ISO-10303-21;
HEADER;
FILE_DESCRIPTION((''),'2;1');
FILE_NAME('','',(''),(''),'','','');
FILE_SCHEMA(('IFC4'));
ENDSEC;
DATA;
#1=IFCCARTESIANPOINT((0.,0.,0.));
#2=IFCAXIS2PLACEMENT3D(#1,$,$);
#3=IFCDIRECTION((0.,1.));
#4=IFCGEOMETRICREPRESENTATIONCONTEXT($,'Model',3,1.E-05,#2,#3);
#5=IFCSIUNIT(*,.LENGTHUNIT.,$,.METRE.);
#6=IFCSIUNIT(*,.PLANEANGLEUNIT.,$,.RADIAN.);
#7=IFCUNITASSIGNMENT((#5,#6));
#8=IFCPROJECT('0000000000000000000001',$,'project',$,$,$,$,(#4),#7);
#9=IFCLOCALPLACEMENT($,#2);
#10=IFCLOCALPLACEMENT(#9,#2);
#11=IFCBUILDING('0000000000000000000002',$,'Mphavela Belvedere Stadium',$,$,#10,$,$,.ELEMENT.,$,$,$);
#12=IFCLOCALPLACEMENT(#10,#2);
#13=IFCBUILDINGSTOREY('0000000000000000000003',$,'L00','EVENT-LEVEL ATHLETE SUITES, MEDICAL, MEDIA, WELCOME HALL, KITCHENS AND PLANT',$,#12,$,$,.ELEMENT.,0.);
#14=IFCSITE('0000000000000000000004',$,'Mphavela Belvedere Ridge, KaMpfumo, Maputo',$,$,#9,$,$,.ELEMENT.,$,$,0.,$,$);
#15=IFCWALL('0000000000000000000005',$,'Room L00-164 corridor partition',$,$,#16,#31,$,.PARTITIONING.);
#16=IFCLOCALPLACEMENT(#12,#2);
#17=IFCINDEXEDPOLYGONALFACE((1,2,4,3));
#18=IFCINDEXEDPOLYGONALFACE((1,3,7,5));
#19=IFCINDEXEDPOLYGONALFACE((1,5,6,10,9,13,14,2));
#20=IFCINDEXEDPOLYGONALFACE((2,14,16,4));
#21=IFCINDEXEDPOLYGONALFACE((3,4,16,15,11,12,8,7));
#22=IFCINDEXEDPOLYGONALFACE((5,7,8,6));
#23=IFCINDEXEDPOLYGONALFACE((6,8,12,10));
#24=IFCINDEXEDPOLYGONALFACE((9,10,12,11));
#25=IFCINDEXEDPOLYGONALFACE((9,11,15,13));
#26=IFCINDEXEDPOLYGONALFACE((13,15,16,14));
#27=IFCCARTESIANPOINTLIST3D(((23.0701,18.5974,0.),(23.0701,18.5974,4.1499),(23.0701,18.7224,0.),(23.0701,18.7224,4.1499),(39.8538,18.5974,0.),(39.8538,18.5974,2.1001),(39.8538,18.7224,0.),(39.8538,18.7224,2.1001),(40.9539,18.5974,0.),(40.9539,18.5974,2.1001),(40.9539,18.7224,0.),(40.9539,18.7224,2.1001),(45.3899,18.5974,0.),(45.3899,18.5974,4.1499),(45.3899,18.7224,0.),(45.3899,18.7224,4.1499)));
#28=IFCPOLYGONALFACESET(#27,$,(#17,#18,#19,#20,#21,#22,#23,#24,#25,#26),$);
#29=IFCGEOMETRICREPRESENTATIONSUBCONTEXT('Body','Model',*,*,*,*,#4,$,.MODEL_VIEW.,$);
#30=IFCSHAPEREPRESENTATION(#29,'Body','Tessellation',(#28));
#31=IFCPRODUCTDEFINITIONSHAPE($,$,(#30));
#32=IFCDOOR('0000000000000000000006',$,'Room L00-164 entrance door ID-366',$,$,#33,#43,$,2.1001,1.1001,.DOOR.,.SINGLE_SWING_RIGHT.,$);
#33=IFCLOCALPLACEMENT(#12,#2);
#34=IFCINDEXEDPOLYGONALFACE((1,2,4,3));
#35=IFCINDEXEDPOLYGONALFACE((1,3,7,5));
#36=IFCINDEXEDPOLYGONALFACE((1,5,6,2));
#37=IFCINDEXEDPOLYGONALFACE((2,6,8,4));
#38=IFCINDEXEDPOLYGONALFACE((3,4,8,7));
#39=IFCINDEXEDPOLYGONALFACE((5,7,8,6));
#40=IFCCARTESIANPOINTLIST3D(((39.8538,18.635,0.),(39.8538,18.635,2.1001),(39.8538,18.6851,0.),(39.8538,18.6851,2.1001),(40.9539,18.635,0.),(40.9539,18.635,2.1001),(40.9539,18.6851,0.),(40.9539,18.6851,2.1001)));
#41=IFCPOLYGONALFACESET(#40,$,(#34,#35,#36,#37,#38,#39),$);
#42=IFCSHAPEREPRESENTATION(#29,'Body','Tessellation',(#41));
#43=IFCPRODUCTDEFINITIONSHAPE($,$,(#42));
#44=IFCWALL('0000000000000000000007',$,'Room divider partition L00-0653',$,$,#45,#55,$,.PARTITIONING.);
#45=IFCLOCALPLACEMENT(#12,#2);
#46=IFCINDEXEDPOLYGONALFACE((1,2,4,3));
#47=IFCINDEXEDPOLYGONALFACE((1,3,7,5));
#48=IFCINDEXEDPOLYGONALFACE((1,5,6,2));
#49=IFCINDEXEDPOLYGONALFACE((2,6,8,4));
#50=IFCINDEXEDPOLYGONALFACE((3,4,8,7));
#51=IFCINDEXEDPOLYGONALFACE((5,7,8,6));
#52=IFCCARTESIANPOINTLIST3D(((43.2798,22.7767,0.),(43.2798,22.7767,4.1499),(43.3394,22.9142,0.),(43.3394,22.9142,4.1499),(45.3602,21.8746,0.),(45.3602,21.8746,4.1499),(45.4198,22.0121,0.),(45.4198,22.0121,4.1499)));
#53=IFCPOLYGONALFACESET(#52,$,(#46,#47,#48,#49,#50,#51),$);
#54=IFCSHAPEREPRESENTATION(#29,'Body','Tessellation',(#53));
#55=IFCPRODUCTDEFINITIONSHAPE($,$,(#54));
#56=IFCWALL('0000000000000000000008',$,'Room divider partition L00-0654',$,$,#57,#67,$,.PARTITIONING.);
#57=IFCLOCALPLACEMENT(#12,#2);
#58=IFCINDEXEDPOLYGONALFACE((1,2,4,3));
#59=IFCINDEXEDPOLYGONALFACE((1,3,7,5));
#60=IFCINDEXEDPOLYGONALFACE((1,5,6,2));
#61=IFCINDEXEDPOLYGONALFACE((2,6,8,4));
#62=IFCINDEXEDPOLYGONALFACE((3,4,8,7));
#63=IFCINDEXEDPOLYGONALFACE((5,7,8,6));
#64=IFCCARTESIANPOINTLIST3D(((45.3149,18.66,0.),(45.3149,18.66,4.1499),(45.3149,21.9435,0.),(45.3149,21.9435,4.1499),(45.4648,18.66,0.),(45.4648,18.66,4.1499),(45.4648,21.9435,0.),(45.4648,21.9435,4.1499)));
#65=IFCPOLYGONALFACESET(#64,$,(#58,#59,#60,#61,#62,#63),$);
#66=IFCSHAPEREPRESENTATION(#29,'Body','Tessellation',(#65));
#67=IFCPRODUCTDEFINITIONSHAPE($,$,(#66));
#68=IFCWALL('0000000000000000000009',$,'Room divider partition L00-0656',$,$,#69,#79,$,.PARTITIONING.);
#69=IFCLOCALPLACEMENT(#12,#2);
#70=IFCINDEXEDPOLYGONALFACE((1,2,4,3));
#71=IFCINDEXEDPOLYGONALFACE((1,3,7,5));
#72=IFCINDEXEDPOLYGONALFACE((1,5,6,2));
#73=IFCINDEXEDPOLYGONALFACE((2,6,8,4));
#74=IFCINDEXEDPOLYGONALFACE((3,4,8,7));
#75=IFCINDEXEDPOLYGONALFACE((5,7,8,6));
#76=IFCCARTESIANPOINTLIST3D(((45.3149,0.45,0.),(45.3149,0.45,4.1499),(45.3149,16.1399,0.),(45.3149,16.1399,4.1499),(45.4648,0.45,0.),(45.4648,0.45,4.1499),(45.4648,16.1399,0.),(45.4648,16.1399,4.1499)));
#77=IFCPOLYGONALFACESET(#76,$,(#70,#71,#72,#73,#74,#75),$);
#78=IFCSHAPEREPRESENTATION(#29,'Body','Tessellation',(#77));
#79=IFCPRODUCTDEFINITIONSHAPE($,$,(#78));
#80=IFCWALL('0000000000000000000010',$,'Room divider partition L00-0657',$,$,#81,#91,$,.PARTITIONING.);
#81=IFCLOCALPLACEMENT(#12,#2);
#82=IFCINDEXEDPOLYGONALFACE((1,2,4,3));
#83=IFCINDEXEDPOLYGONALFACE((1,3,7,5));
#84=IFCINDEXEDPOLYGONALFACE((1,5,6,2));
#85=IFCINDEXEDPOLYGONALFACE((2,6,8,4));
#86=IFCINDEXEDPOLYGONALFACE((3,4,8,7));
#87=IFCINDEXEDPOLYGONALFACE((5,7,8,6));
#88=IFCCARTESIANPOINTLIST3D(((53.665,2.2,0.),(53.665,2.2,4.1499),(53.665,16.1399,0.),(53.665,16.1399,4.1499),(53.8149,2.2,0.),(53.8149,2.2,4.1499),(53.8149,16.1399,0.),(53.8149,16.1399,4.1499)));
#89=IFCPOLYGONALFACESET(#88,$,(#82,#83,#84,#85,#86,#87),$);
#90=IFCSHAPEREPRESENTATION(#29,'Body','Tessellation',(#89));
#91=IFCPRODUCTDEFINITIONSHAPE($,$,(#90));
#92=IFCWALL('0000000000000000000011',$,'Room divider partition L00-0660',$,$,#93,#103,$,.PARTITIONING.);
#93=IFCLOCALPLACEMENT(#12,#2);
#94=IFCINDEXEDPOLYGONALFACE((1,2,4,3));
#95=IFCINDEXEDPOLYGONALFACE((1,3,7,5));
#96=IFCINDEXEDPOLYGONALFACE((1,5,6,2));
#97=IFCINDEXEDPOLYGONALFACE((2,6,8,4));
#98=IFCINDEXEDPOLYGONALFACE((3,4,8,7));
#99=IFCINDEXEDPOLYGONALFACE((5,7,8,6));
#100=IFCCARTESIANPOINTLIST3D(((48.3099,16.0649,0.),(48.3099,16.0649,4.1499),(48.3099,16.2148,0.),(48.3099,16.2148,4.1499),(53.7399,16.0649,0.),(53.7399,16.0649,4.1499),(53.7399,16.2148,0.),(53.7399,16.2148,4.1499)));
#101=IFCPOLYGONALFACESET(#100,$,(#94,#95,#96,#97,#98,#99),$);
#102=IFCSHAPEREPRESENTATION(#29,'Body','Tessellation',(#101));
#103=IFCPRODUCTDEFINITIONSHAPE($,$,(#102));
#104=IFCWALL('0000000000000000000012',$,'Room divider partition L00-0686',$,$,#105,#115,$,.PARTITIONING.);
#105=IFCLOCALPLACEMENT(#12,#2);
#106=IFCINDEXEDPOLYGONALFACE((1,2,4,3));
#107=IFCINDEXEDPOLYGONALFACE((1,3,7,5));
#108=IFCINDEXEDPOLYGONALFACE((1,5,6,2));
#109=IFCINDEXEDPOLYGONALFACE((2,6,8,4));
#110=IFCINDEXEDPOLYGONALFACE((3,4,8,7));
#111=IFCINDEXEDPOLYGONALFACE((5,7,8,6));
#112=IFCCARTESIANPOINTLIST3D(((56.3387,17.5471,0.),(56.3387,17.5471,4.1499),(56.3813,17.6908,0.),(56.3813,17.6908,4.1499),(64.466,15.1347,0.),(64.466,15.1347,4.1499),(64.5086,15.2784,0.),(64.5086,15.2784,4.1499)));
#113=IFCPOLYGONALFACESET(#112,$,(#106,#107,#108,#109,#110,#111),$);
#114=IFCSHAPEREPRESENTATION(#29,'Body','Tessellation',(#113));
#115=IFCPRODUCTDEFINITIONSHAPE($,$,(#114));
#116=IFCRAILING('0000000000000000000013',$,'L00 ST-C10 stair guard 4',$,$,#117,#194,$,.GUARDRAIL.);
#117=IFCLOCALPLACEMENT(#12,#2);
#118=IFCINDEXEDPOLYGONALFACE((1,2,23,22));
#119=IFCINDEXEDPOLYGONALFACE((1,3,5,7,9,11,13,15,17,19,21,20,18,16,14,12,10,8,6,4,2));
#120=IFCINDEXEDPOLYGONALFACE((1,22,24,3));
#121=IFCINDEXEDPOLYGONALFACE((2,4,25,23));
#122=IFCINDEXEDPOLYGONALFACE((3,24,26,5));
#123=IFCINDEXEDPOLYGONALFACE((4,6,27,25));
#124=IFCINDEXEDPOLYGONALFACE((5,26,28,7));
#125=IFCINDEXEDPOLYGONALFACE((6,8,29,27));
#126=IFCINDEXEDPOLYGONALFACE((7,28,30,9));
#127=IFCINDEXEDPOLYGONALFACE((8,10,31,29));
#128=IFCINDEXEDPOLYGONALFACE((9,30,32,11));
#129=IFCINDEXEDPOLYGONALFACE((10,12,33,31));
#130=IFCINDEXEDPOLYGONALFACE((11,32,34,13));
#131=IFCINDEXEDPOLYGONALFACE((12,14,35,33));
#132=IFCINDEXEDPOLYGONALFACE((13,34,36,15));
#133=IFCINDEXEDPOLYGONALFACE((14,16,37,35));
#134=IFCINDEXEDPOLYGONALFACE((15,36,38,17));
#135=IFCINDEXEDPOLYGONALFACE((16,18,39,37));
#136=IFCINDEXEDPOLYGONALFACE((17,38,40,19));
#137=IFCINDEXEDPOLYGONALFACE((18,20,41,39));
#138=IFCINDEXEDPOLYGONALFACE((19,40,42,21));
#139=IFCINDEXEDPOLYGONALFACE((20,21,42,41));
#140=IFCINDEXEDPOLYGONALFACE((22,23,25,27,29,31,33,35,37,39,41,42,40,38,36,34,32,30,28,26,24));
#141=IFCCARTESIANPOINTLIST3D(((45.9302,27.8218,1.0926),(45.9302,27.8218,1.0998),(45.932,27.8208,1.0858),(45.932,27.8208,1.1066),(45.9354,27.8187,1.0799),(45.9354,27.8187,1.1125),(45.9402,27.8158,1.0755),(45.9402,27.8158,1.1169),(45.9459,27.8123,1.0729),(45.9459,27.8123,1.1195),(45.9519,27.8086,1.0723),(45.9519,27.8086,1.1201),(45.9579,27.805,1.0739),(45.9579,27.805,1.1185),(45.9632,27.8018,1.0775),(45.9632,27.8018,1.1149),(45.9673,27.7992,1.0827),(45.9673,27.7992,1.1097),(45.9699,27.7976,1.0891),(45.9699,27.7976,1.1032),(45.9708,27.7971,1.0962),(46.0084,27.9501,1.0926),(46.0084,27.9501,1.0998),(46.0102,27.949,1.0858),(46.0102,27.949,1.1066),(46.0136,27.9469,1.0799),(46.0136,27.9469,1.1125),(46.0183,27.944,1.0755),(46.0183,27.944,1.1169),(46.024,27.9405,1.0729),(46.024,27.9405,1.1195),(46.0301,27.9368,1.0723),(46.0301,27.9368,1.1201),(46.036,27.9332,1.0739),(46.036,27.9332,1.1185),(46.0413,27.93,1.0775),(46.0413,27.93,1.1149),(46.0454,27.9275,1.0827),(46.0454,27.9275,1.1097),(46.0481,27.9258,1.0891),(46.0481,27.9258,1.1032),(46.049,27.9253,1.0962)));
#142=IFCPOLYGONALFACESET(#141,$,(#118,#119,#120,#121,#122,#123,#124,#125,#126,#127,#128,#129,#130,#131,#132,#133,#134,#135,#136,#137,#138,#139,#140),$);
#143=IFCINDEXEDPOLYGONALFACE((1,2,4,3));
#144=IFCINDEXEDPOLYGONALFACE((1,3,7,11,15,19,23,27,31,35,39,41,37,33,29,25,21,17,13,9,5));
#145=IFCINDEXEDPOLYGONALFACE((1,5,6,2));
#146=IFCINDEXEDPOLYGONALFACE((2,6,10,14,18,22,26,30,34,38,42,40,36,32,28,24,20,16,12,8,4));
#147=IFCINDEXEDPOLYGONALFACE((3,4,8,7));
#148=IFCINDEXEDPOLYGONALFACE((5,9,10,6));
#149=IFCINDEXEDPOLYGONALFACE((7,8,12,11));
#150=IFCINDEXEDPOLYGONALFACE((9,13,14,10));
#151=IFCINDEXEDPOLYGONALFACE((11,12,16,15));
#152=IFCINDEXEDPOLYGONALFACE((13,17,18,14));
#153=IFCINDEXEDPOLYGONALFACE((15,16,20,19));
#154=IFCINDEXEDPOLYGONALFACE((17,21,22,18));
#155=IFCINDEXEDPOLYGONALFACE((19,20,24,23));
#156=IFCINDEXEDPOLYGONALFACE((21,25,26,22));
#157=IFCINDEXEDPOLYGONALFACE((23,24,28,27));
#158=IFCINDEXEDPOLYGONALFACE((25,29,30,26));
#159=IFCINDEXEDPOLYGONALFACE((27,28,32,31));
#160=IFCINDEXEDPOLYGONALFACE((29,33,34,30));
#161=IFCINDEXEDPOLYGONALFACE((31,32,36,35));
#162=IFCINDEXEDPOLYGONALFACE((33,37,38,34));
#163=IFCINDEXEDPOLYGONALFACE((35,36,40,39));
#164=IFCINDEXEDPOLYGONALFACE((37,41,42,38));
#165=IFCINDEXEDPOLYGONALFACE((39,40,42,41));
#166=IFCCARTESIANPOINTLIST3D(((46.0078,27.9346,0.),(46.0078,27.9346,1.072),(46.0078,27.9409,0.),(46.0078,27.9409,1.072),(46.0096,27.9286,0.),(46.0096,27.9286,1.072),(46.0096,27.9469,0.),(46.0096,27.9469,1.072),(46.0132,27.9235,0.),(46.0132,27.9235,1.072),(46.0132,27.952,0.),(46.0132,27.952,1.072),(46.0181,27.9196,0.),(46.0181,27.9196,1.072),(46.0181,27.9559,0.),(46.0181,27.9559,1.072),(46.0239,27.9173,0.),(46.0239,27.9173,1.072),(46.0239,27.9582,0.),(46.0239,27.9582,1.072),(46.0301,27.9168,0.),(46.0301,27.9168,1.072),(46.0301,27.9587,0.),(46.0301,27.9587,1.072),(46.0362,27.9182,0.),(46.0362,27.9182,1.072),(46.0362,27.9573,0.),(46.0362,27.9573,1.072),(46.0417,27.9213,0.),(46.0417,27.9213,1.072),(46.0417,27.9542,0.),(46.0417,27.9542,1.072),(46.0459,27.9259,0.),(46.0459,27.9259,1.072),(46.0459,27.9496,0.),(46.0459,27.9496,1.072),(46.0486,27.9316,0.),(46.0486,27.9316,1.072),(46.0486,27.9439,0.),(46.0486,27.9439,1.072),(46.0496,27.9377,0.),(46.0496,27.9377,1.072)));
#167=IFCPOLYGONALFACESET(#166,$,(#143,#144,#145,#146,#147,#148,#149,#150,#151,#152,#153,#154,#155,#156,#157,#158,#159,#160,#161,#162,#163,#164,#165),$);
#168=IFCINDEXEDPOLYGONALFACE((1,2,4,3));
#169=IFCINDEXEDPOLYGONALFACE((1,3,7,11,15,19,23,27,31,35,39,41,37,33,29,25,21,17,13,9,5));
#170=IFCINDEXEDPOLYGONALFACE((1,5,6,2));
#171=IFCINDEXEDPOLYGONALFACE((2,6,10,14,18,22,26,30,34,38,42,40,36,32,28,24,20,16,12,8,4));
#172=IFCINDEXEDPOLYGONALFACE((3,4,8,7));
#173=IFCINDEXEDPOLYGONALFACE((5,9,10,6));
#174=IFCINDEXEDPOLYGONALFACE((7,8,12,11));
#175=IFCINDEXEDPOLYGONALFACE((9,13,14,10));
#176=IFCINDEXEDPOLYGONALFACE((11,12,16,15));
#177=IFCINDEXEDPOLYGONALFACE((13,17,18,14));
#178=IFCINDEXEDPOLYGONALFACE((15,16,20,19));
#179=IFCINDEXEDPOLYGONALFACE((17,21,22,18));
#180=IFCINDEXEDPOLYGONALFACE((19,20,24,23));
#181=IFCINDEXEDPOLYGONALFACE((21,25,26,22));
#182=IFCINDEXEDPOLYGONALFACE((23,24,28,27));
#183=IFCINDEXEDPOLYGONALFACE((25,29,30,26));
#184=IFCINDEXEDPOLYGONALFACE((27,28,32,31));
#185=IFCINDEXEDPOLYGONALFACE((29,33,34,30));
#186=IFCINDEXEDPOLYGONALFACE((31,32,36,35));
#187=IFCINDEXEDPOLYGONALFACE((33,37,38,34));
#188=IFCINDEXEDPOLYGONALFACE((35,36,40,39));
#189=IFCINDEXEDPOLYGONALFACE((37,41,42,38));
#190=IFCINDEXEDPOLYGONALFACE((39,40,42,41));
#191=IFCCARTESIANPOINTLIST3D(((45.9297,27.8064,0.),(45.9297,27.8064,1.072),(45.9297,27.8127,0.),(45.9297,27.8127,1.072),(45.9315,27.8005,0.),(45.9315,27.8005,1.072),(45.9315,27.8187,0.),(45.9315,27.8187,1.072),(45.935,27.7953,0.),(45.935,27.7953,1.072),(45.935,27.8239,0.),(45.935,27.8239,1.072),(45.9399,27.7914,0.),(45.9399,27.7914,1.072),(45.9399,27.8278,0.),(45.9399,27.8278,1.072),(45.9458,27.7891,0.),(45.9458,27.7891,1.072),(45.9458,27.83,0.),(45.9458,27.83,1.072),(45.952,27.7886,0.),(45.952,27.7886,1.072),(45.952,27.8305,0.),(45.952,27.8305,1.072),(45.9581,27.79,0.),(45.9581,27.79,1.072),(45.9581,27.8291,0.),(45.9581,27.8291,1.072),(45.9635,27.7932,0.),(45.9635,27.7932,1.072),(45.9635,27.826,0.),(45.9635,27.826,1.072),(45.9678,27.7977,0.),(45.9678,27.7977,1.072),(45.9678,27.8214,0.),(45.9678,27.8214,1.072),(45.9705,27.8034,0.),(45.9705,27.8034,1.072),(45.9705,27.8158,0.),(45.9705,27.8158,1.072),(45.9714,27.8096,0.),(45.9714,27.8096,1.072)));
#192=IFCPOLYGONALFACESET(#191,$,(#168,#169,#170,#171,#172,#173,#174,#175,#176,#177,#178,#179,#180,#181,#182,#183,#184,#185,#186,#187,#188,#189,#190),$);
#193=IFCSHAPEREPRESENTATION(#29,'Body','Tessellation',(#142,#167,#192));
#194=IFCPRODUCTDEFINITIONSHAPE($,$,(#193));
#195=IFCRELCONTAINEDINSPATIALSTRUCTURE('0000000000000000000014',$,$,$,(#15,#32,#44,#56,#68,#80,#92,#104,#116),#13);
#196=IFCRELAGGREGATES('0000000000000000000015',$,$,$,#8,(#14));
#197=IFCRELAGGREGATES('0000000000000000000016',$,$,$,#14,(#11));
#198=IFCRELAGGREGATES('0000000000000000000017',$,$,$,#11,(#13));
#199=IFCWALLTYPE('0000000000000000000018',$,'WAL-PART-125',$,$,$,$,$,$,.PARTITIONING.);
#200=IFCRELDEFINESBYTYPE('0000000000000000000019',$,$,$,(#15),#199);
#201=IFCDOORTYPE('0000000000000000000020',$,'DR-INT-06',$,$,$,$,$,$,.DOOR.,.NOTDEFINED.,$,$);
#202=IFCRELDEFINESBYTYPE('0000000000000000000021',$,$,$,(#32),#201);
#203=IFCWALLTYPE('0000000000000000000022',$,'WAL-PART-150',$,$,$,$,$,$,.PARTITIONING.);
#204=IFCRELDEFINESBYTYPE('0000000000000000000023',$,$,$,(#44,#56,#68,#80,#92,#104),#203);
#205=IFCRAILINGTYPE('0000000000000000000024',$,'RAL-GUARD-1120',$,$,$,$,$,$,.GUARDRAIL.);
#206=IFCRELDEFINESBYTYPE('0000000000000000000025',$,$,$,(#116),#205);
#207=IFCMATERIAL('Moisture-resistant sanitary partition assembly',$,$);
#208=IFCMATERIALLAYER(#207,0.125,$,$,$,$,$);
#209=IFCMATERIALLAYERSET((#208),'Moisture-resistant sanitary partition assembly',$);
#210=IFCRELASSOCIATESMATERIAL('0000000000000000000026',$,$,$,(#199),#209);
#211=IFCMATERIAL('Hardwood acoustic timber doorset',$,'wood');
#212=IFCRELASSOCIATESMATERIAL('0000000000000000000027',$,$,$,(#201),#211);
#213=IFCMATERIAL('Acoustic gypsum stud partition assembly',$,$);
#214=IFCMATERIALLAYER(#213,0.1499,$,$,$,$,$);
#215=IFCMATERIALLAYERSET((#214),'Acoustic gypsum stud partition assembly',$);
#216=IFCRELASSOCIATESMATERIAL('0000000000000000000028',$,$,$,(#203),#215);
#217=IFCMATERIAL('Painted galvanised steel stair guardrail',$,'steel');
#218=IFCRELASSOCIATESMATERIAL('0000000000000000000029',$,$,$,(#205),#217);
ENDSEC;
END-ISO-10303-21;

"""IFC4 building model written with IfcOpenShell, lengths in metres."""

from ifc_helpers import new_model, si_unit, direction, frame, frame_2d, origin, origin_2d, place, context, subcontext, project, spatial, rectangle, circle, extrude, material, layer, layer_set, type_object, element, fill, save


model = new_model("IFC4")

# Units and contexts
model_context = context("Model", 3, precision=1e-05, world=origin(), true_north=direction((0.0, 1.0)))
body_context = subcontext(model_context, "Body", "Model", "MODEL_VIEW")
ifc_project = project(units=[si_unit("LENGTHUNIT", "METRE"), si_unit("PLANEANGLEUNIT", "RADIAN")], contexts=[model_context])

# Site, building, storey
site_placement = place(None, origin())
site = spatial("IfcSite", under=ifc_project, at=site_placement, Name="Mphavela Belvedere Ridge, KaMpfumo, Maputo", CompositionType="ELEMENT", RefElevation=0.0)
building_placement = place(site_placement, origin())
building = spatial("IfcBuilding", under=site, at=building_placement, Name="Mphavela Belvedere Stadium", CompositionType="ELEMENT")
storey_placement = place(building_placement, origin())
storey = spatial("IfcBuildingStorey", under=building, at=storey_placement, Name="L00", Description="EVENT-LEVEL ATHLETE SUITES, MEDICAL, MEDIA, WELCOME HALL, KITCHENS AND PLANT", CompositionType="ELEMENT", Elevation=0.0)

# Wall, opening, door
ifc_material_1 = material(Name="Moisture-resistant sanitary partition assembly")
ifc_layer_1 = layer(ifc_material_1, 0.125)
ifc_layer_set_1 = layer_set([ifc_layer_1], Name="Moisture-resistant sanitary partition assembly")
wall_type_1 = type_object("IfcWallType", Name="WAL-PART-125", PredefinedType="PARTITIONING", material=ifc_layer_set_1)
wall_1_placement = place(storey_placement, frame((45.3899, 18.6599, 0.0), z_axis=(0.0, 0.0, 1.0), x_axis=(-1.0, 0.0, 0.0)))
wall_1 = element("IfcWall", 1, at=wall_1_placement, inside=storey, type_object=wall_type_1, Name="Room L00-164 corridor partition", PredefinedType="PARTITIONING", context=body_context, shape_type="SweptSolid", body=[
    extrude(rectangle(XDim=22.3198, YDim=0.125, at=frame_2d((11.1599, 0.0))), origin(), (0.0, 0.0, 1.0), 4.1499),
])
opening_1_placement = place(wall_1_placement, frame((4.436, 0.0, 0.0)))
opening_1 = element("IfcOpeningElement", 2, at=opening_1_placement, cuts=wall_1, PredefinedType="OPENING", context=body_context, shape_type="SweptSolid", body=[
    extrude(rectangle(XDim=1.1001, YDim=2.1001, at=frame_2d((0.55, 1.05))), frame((0.0, 0.0725, 0.0), z_axis=(0.0, -1.0, 0.0), x_axis=(1.0, 0.0, 0.0)), (0.0, 0.0, 1.0), 0.145),
])
ifc_material_2 = material(Name="Hardwood acoustic timber doorset", Category="wood")
door_type_1 = type_object("IfcDoorType", Name="DR-INT-06", OperationType="NOTDEFINED", PredefinedType="DOOR", material=ifc_material_2)
door_1_placement = place(opening_1_placement, origin())
door_1 = element("IfcDoor", 3, at=door_1_placement, inside=storey, type_object=door_type_1, Name="Room L00-164 entrance door ID-366", OperationType="SINGLE_SWING_RIGHT", OverallHeight=2.1001, OverallWidth=1.1001, PredefinedType="DOOR", context=body_context, shape_type="SweptSolid", body=[
    extrude(rectangle(XDim=1.1001, YDim=2.1001, at=frame_2d((0.55, 1.05))), frame((0.0, 0.0249, 0.0), z_axis=(0.0, -1.0, 0.0), x_axis=(1.0, 0.0, 0.0)), (0.0, 0.0, 1.0), 0.05),
])
fill(opening_1, door_1)

# Walls
ifc_material_3 = material(Name="Acoustic gypsum stud partition assembly")
ifc_layer_2 = layer(ifc_material_3, 0.1499)
ifc_layer_set_2 = layer_set([ifc_layer_2], Name="Acoustic gypsum stud partition assembly")
wall_type_2 = type_object("IfcWallType", Name="WAL-PART-150", PredefinedType="PARTITIONING", material=ifc_layer_set_2)
wall_2_placement = place(storey_placement, frame((43.3096, 22.8455, 0.0), z_axis=(0.0, 0.0, 1.0), x_axis=(0.917455, -0.39784, 0.0)))
element("IfcWall", 4, at=wall_2_placement, inside=storey, type_object=wall_type_2, Name="Room divider partition L00-0653", PredefinedType="PARTITIONING", context=body_context, shape_type="SweptSolid", body=[
    extrude(rectangle(XDim=2.2676, YDim=0.1499, at=frame_2d((1.1338, 0.0))), origin(), (0.0, 0.0, 1.0), 4.1499),
])
wall_3_placement = place(storey_placement, frame((45.3899, 21.9434, 0.0), z_axis=(0.0, 0.0, 1.0), x_axis=(0.0, -1.0, 0.0)))
element("IfcWall", 5, at=wall_3_placement, inside=storey, type_object=wall_type_2, Name="Room divider partition L00-0654", PredefinedType="PARTITIONING", context=body_context, shape_type="SweptSolid", body=[
    extrude(rectangle(XDim=3.2834, YDim=0.1499, at=frame_2d((1.6416, 0.0))), origin(), (0.0, 0.0, 1.0), 4.1499),
])
wall_4_placement = place(storey_placement, frame((45.3899, 16.1399, 0.0), z_axis=(0.0, 0.0, 1.0), x_axis=(0.0, -1.0, 0.0)))
element("IfcWall", 6, at=wall_4_placement, inside=storey, type_object=wall_type_2, Name="Room divider partition L00-0656", PredefinedType="PARTITIONING", context=body_context, shape_type="SweptSolid", body=[
    extrude(rectangle(XDim=15.6899, YDim=0.1499, at=frame_2d((7.845, 0.0))), origin(), (0.0, 0.0, 1.0), 4.1499),
])
wall_5_placement = place(storey_placement, frame((53.74, 16.1399, 0.0), z_axis=(0.0, 0.0, 1.0), x_axis=(0.0, -1.0, 0.0)))
element("IfcWall", 7, at=wall_5_placement, inside=storey, type_object=wall_type_2, Name="Room divider partition L00-0657", PredefinedType="PARTITIONING", context=body_context, shape_type="SweptSolid", body=[
    extrude(rectangle(XDim=13.9399, YDim=0.1499, at=frame_2d((6.97, 0.0))), origin(), (0.0, 0.0, 1.0), 4.1499),
])
wall_6_placement = place(storey_placement, frame((48.3101, 16.1399, 0.0), z_axis=(0.0, 0.0, 1.0), x_axis=(1.0, 0.0, 0.0)))
element("IfcWall", 8, at=wall_6_placement, inside=storey, type_object=wall_type_2, Name="Room divider partition L00-0660", PredefinedType="PARTITIONING", context=body_context, shape_type="SweptSolid", body=[
    extrude(rectangle(XDim=5.4299, YDim=0.1499, at=frame_2d((2.7148, 0.0))), origin(), (0.0, 0.0, 1.0), 4.1499),
])
wall_7_placement = place(storey_placement, frame((56.3601, 17.6189, 0.0), z_axis=(0.0, 0.0, 1.0), x_axis=(0.95866, -0.284554, 0.0)))
element("IfcWall", 9, at=wall_7_placement, inside=storey, type_object=wall_type_2, Name="Room divider partition L00-0686", PredefinedType="PARTITIONING", context=body_context, shape_type="SweptSolid", body=[
    extrude(rectangle(XDim=8.4778, YDim=0.1499, at=frame_2d((4.2388, 0.0))), origin(), (0.0, 0.0, 1.0), 4.1499),
])

# Railing
ifc_material_4 = material(Name="Painted galvanised steel stair guardrail", Category="steel")
railing_type = type_object("IfcRailingType", Name="RAL-GUARD-1120", PredefinedType="GUARDRAIL", material=ifc_material_4)
railing_1_placement = place(storey_placement, frame((46.0286, 27.9377, 0.0)))
element("IfcRailing", 10, at=railing_1_placement, inside=storey, type_object=railing_type, Name="L00 ST-C10 stair guard 4", PredefinedType="GUARDRAIL", context=body_context, shape_type="SweptSolid", body=[
    extrude(circle(Radius=0.0239, at=origin_2d()), frame((0.0, 0.0, 1.0962), z_axis=(-0.520463, -0.853884, 0.0), x_axis=(0.853884, -0.520463, 0.0)), (0.0, 0.0, 1.0), 0.1501),
    extrude(circle(Radius=0.021, at=origin_2d()), origin(), (0.0, 0.0, 1.0), 1.072),
    extrude(circle(Radius=0.021, at=origin_2d()), frame((-0.0781, -0.1282, 0.0)), (0.0, 0.0, 1.0), 1.072),
])

save(model, "model.ifc")
